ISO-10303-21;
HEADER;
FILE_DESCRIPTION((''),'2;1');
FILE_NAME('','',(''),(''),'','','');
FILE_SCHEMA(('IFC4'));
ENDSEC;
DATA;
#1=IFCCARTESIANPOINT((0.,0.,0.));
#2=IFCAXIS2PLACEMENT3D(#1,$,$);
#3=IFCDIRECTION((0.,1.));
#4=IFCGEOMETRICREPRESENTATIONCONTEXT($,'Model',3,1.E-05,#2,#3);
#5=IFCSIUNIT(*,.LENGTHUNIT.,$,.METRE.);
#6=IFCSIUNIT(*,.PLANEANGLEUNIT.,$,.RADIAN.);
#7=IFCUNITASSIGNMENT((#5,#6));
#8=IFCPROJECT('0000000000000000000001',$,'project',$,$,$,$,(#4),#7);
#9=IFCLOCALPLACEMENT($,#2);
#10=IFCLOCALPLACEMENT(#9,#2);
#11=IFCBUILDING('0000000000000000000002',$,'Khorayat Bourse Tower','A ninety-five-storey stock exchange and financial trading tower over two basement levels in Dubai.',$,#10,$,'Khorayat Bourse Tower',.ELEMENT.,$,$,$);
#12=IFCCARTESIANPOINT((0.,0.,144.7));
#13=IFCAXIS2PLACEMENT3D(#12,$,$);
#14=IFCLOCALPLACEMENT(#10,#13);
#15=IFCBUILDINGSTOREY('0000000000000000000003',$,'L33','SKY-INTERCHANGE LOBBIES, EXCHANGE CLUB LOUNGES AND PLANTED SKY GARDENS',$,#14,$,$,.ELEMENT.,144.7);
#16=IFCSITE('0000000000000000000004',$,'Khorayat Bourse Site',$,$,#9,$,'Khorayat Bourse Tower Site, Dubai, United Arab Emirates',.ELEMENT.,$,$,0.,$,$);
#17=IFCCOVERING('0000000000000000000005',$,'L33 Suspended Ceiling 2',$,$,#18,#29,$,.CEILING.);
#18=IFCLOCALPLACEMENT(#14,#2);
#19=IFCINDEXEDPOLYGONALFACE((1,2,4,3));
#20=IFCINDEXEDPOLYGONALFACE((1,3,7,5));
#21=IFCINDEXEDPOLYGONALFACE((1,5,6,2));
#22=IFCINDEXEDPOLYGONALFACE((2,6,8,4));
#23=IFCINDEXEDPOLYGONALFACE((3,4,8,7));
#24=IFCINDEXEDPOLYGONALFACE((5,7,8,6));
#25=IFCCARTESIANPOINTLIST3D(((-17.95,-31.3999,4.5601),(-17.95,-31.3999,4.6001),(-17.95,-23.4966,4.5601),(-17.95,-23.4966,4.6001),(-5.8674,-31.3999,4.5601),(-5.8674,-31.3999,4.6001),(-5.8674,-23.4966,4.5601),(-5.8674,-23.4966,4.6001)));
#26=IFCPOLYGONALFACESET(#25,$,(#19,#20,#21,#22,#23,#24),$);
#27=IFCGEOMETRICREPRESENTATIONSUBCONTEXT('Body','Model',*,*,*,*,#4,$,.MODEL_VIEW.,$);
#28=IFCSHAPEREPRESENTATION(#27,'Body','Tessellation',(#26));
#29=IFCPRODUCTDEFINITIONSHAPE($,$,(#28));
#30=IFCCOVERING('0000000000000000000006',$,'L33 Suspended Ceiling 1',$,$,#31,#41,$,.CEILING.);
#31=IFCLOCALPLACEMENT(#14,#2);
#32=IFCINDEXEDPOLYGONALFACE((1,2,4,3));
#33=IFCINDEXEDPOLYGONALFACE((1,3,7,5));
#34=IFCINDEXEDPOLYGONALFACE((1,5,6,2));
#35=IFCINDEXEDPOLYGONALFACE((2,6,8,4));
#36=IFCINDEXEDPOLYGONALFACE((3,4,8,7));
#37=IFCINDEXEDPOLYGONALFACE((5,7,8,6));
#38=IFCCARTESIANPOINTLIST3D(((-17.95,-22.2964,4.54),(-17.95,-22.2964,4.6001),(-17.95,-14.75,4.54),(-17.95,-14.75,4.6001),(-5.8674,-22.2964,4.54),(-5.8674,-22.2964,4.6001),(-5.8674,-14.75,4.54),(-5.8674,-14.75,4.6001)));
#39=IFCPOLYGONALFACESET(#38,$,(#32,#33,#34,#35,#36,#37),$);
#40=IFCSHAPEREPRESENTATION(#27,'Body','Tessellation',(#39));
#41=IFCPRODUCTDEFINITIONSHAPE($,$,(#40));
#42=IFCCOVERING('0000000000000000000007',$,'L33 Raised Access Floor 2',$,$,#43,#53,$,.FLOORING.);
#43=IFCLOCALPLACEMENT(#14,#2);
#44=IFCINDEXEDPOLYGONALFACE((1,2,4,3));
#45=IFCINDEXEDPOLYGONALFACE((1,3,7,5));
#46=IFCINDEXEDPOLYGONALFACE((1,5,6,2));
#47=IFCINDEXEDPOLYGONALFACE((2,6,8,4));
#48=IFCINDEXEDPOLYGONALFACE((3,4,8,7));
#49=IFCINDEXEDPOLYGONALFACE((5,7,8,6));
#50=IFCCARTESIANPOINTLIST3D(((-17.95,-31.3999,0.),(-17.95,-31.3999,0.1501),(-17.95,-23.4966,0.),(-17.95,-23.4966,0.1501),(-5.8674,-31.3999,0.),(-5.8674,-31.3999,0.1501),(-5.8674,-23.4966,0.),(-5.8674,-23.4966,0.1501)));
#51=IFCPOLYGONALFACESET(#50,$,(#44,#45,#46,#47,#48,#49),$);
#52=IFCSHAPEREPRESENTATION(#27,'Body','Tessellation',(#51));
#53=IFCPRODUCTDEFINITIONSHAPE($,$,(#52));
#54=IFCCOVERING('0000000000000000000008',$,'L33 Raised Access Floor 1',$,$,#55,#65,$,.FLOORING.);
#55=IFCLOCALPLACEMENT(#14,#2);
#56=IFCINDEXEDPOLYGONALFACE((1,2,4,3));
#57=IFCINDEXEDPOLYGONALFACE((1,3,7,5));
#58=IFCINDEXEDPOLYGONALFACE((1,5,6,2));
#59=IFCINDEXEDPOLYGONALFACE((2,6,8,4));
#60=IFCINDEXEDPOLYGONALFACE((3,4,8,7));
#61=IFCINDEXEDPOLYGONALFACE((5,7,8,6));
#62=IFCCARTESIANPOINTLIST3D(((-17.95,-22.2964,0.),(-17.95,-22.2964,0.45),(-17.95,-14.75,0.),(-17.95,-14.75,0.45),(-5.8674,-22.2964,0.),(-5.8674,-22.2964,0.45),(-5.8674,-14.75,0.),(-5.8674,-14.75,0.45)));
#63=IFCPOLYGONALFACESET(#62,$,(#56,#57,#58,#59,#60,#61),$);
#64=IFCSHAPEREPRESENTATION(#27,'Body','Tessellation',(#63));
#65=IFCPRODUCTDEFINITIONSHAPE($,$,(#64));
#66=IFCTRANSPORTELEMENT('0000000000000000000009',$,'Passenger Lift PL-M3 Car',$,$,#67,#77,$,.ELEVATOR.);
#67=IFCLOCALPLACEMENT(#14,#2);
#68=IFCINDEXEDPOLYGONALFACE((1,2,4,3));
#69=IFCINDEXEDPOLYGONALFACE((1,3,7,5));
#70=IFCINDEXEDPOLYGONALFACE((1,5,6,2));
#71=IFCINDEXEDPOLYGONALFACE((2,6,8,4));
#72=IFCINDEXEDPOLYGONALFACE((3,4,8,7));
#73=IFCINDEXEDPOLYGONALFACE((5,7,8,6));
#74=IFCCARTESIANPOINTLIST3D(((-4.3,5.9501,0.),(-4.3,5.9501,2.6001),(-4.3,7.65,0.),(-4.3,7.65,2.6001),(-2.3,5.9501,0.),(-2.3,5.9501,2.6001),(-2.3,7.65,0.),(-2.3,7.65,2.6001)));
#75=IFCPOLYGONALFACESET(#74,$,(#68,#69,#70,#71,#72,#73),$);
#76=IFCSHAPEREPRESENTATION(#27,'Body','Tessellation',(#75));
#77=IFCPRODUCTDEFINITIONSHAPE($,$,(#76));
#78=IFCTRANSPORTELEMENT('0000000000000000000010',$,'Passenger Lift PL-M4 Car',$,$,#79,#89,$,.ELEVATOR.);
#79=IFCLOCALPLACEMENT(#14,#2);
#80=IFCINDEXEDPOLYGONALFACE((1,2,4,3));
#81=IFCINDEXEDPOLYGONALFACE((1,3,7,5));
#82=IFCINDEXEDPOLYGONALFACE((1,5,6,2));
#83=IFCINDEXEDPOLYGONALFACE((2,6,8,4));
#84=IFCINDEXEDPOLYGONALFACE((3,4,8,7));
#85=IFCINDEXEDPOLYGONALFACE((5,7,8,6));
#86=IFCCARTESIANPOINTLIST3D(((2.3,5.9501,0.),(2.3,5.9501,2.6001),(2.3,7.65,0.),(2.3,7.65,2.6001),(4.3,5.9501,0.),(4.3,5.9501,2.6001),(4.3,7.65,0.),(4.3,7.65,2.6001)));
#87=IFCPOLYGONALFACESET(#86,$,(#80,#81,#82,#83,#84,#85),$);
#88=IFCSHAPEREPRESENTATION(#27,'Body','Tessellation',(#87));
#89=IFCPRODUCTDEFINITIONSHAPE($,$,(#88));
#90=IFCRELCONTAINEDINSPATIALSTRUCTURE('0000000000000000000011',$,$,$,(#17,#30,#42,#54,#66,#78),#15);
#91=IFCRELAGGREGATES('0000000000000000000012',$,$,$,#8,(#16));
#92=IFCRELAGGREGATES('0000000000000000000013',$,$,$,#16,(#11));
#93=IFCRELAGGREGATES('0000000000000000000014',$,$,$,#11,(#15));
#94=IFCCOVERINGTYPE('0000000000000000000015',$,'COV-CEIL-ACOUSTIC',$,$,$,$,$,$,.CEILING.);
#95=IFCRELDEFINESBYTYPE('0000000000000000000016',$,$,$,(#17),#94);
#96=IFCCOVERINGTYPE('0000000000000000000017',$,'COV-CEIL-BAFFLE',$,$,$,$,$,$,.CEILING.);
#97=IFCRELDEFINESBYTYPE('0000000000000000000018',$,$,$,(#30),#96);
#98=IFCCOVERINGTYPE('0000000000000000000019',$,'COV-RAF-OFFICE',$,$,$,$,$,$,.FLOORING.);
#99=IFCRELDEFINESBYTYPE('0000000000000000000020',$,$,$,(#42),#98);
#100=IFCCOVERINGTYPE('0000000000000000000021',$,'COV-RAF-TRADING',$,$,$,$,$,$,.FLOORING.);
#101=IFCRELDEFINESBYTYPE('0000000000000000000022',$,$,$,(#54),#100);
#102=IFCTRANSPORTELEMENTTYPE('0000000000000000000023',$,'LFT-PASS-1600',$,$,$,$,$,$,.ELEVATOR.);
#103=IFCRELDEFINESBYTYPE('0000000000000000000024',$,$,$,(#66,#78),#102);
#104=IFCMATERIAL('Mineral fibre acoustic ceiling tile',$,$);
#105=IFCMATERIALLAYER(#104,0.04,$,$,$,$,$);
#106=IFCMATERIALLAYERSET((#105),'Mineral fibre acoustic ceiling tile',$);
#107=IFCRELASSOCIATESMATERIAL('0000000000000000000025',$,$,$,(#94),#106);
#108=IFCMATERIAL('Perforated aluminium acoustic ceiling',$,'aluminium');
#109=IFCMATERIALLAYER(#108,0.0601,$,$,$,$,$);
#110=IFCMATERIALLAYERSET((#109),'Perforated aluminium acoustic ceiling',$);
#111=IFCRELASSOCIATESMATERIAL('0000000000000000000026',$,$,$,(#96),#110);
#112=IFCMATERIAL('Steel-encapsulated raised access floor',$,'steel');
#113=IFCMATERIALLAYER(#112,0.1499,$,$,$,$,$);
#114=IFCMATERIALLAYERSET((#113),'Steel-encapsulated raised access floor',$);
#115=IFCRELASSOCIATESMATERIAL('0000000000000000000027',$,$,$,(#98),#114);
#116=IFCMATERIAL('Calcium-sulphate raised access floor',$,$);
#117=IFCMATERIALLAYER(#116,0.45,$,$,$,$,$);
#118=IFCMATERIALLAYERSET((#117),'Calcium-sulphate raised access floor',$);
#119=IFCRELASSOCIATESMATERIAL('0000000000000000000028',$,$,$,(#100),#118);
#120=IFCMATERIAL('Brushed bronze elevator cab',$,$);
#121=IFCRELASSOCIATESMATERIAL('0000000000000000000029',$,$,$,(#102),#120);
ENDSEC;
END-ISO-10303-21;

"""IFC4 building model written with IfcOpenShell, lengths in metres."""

from ifc_helpers import new_model, si_unit, direction, frame, origin, origin_2d, place, context, subcontext, project, spatial, polyline, rectangle, outline, extrude, source, transform, mapped, material, layer, layer_set, type_object, element, save


model = new_model("IFC4")

# Units and contexts
model_context = context("Model", 3, precision=1e-05, world=origin(), true_north=direction((0.0, 1.0)))
body_context = subcontext(model_context, "Body", "Model", "MODEL_VIEW")
ifc_project = project(units=[si_unit("LENGTHUNIT", "METRE"), si_unit("PLANEANGLEUNIT", "RADIAN")], contexts=[model_context])

# Site, building, storey
site_placement = place(None, origin())
site = spatial("IfcSite", under=ifc_project, at=site_placement, Name="Khorayat Bourse Site", LongName="Khorayat Bourse Tower Site, Dubai, United Arab Emirates", CompositionType="ELEMENT", RefElevation=0.0)
building_placement = place(site_placement, origin())
building = spatial("IfcBuilding", under=site, at=building_placement, Name="Khorayat Bourse Tower", Description="A ninety-five-storey stock exchange and financial trading tower over two basement levels in Dubai.", LongName="Khorayat Bourse Tower", CompositionType="ELEMENT")
storey_placement = place(building_placement, frame((0.0, 0.0, 144.7)))
storey = spatial("IfcBuildingStorey", under=building, at=storey_placement, Name="L33", Description="SKY-INTERCHANGE LOBBIES, EXCHANGE CLUB LOUNGES AND PLANTED SKY GARDENS", CompositionType="ELEMENT", Elevation=144.7)

# Coverings
ifc_material_1 = material(Name="Mineral fibre acoustic ceiling tile")
ifc_layer_1 = layer(ifc_material_1, 0.04)
ifc_layer_set_1 = layer_set([ifc_layer_1], Name="Mineral fibre acoustic ceiling tile")
covering_type_1 = type_object("IfcCoveringType", Name="COV-CEIL-ACOUSTIC", PredefinedType="CEILING", material=ifc_layer_set_1)
covering_1_placement = place(storey_placement, frame((0.0, 0.0, 4.5601)))
element("IfcCovering", 1, at=covering_1_placement, inside=storey, type_object=covering_type_1, Name="L33 Suspended Ceiling 2", PredefinedType="CEILING", context=body_context, shape_type="SweptSolid", body=[
    extrude(outline(polyline([(-17.95, -31.3999), (-5.8674, -31.3999), (-5.8674, -23.4966), (-17.95, -23.4966), (-17.95, -31.3999)])), origin(), (0.0, 0.0, 1.0), 0.04),
])
ifc_material_2 = material(Name="Perforated aluminium acoustic ceiling", Category="aluminium")
ifc_layer_2 = layer(ifc_material_2, 0.0601)
ifc_layer_set_2 = layer_set([ifc_layer_2], Name="Perforated aluminium acoustic ceiling")
covering_type_2 = type_object("IfcCoveringType", Name="COV-CEIL-BAFFLE", PredefinedType="CEILING", material=ifc_layer_set_2)
covering_2_placement = place(storey_placement, frame((0.0, 0.0, 4.54)))
element("IfcCovering", 2, at=covering_2_placement, inside=storey, type_object=covering_type_2, Name="L33 Suspended Ceiling 1", PredefinedType="CEILING", context=body_context, shape_type="SweptSolid", body=[
    extrude(outline(polyline([(-17.95, -22.2964), (-5.8674, -22.2964), (-5.8674, -14.75), (-17.95, -14.75), (-17.95, -22.2964)])), origin(), (0.0, 0.0, 1.0), 0.0601),
])
ifc_material_3 = material(Name="Steel-encapsulated raised access floor", Category="steel")
ifc_layer_3 = layer(ifc_material_3, 0.1499)
ifc_layer_set_3 = layer_set([ifc_layer_3], Name="Steel-encapsulated raised access floor")
covering_type_3 = type_object("IfcCoveringType", Name="COV-RAF-OFFICE", PredefinedType="FLOORING", material=ifc_layer_set_3)
covering_3_placement = place(storey_placement, origin())
element("IfcCovering", 3, at=covering_3_placement, inside=storey, type_object=covering_type_3, Name="L33 Raised Access Floor 2", PredefinedType="FLOORING", context=body_context, shape_type="SweptSolid", body=[
    extrude(outline(polyline([(-17.95, -31.3999), (-5.8674, -31.3999), (-5.8674, -23.4966), (-17.95, -23.4966), (-17.95, -31.3999)])), origin(), (0.0, 0.0, 1.0), 0.1501),
])
ifc_material_4 = material(Name="Calcium-sulphate raised access floor")
ifc_layer_4 = layer(ifc_material_4, 0.45)
ifc_layer_set_4 = layer_set([ifc_layer_4], Name="Calcium-sulphate raised access floor")
covering_type_4 = type_object("IfcCoveringType", Name="COV-RAF-TRADING", PredefinedType="FLOORING", material=ifc_layer_set_4)
covering_4_placement = place(storey_placement, origin())
element("IfcCovering", 4, at=covering_4_placement, inside=storey, type_object=covering_type_4, Name="L33 Raised Access Floor 1", PredefinedType="FLOORING", context=body_context, shape_type="SweptSolid", body=[
    extrude(outline(polyline([(-17.95, -22.2964), (-5.8674, -22.2964), (-5.8674, -14.75), (-17.95, -14.75), (-17.95, -22.2964)])), origin(), (0.0, 0.0, 1.0), 0.45),
])

# Transport elements
ifc_material_5 = material(Name="Brushed bronze elevator cab")
transport_element_type = type_object("IfcTransportElementType", Name="LFT-PASS-1600", PredefinedType="ELEVATOR", material=ifc_material_5)
shared_shape_1 = source(origin(), body_context, "Body", "SweptSolid", [
    extrude(rectangle(XDim=2.0, YDim=1.7, at=origin_2d()), origin(), (0.0, 0.0, 1.0), 2.6001),
])
for number, where, z_axis, x_axis, name in (
    (5, (-3.3, 6.8, 0.0), (0.0, 0.0, 1.0), (1.0, 0.0, 0.0), "Passenger Lift PL-M3 Car"),
    (6, (3.3, 6.8, 0.0), (0.0, 0.0, 1.0), (1.0, 0.0, 0.0), "Passenger Lift PL-M4 Car"),
):
    element("IfcTransportElement", number, at=place(storey_placement, frame(where, z_axis=z_axis, x_axis=x_axis)), inside=storey, type_object=transport_element_type, Name=name, PredefinedType="ELEVATOR", context=body_context, shape_type="MappedRepresentation", body=[
        mapped(shared_shape_1, transform((0.0, 0.0, 0.0), scale=1.0)),
    ])

save(model, "model.ifc")
